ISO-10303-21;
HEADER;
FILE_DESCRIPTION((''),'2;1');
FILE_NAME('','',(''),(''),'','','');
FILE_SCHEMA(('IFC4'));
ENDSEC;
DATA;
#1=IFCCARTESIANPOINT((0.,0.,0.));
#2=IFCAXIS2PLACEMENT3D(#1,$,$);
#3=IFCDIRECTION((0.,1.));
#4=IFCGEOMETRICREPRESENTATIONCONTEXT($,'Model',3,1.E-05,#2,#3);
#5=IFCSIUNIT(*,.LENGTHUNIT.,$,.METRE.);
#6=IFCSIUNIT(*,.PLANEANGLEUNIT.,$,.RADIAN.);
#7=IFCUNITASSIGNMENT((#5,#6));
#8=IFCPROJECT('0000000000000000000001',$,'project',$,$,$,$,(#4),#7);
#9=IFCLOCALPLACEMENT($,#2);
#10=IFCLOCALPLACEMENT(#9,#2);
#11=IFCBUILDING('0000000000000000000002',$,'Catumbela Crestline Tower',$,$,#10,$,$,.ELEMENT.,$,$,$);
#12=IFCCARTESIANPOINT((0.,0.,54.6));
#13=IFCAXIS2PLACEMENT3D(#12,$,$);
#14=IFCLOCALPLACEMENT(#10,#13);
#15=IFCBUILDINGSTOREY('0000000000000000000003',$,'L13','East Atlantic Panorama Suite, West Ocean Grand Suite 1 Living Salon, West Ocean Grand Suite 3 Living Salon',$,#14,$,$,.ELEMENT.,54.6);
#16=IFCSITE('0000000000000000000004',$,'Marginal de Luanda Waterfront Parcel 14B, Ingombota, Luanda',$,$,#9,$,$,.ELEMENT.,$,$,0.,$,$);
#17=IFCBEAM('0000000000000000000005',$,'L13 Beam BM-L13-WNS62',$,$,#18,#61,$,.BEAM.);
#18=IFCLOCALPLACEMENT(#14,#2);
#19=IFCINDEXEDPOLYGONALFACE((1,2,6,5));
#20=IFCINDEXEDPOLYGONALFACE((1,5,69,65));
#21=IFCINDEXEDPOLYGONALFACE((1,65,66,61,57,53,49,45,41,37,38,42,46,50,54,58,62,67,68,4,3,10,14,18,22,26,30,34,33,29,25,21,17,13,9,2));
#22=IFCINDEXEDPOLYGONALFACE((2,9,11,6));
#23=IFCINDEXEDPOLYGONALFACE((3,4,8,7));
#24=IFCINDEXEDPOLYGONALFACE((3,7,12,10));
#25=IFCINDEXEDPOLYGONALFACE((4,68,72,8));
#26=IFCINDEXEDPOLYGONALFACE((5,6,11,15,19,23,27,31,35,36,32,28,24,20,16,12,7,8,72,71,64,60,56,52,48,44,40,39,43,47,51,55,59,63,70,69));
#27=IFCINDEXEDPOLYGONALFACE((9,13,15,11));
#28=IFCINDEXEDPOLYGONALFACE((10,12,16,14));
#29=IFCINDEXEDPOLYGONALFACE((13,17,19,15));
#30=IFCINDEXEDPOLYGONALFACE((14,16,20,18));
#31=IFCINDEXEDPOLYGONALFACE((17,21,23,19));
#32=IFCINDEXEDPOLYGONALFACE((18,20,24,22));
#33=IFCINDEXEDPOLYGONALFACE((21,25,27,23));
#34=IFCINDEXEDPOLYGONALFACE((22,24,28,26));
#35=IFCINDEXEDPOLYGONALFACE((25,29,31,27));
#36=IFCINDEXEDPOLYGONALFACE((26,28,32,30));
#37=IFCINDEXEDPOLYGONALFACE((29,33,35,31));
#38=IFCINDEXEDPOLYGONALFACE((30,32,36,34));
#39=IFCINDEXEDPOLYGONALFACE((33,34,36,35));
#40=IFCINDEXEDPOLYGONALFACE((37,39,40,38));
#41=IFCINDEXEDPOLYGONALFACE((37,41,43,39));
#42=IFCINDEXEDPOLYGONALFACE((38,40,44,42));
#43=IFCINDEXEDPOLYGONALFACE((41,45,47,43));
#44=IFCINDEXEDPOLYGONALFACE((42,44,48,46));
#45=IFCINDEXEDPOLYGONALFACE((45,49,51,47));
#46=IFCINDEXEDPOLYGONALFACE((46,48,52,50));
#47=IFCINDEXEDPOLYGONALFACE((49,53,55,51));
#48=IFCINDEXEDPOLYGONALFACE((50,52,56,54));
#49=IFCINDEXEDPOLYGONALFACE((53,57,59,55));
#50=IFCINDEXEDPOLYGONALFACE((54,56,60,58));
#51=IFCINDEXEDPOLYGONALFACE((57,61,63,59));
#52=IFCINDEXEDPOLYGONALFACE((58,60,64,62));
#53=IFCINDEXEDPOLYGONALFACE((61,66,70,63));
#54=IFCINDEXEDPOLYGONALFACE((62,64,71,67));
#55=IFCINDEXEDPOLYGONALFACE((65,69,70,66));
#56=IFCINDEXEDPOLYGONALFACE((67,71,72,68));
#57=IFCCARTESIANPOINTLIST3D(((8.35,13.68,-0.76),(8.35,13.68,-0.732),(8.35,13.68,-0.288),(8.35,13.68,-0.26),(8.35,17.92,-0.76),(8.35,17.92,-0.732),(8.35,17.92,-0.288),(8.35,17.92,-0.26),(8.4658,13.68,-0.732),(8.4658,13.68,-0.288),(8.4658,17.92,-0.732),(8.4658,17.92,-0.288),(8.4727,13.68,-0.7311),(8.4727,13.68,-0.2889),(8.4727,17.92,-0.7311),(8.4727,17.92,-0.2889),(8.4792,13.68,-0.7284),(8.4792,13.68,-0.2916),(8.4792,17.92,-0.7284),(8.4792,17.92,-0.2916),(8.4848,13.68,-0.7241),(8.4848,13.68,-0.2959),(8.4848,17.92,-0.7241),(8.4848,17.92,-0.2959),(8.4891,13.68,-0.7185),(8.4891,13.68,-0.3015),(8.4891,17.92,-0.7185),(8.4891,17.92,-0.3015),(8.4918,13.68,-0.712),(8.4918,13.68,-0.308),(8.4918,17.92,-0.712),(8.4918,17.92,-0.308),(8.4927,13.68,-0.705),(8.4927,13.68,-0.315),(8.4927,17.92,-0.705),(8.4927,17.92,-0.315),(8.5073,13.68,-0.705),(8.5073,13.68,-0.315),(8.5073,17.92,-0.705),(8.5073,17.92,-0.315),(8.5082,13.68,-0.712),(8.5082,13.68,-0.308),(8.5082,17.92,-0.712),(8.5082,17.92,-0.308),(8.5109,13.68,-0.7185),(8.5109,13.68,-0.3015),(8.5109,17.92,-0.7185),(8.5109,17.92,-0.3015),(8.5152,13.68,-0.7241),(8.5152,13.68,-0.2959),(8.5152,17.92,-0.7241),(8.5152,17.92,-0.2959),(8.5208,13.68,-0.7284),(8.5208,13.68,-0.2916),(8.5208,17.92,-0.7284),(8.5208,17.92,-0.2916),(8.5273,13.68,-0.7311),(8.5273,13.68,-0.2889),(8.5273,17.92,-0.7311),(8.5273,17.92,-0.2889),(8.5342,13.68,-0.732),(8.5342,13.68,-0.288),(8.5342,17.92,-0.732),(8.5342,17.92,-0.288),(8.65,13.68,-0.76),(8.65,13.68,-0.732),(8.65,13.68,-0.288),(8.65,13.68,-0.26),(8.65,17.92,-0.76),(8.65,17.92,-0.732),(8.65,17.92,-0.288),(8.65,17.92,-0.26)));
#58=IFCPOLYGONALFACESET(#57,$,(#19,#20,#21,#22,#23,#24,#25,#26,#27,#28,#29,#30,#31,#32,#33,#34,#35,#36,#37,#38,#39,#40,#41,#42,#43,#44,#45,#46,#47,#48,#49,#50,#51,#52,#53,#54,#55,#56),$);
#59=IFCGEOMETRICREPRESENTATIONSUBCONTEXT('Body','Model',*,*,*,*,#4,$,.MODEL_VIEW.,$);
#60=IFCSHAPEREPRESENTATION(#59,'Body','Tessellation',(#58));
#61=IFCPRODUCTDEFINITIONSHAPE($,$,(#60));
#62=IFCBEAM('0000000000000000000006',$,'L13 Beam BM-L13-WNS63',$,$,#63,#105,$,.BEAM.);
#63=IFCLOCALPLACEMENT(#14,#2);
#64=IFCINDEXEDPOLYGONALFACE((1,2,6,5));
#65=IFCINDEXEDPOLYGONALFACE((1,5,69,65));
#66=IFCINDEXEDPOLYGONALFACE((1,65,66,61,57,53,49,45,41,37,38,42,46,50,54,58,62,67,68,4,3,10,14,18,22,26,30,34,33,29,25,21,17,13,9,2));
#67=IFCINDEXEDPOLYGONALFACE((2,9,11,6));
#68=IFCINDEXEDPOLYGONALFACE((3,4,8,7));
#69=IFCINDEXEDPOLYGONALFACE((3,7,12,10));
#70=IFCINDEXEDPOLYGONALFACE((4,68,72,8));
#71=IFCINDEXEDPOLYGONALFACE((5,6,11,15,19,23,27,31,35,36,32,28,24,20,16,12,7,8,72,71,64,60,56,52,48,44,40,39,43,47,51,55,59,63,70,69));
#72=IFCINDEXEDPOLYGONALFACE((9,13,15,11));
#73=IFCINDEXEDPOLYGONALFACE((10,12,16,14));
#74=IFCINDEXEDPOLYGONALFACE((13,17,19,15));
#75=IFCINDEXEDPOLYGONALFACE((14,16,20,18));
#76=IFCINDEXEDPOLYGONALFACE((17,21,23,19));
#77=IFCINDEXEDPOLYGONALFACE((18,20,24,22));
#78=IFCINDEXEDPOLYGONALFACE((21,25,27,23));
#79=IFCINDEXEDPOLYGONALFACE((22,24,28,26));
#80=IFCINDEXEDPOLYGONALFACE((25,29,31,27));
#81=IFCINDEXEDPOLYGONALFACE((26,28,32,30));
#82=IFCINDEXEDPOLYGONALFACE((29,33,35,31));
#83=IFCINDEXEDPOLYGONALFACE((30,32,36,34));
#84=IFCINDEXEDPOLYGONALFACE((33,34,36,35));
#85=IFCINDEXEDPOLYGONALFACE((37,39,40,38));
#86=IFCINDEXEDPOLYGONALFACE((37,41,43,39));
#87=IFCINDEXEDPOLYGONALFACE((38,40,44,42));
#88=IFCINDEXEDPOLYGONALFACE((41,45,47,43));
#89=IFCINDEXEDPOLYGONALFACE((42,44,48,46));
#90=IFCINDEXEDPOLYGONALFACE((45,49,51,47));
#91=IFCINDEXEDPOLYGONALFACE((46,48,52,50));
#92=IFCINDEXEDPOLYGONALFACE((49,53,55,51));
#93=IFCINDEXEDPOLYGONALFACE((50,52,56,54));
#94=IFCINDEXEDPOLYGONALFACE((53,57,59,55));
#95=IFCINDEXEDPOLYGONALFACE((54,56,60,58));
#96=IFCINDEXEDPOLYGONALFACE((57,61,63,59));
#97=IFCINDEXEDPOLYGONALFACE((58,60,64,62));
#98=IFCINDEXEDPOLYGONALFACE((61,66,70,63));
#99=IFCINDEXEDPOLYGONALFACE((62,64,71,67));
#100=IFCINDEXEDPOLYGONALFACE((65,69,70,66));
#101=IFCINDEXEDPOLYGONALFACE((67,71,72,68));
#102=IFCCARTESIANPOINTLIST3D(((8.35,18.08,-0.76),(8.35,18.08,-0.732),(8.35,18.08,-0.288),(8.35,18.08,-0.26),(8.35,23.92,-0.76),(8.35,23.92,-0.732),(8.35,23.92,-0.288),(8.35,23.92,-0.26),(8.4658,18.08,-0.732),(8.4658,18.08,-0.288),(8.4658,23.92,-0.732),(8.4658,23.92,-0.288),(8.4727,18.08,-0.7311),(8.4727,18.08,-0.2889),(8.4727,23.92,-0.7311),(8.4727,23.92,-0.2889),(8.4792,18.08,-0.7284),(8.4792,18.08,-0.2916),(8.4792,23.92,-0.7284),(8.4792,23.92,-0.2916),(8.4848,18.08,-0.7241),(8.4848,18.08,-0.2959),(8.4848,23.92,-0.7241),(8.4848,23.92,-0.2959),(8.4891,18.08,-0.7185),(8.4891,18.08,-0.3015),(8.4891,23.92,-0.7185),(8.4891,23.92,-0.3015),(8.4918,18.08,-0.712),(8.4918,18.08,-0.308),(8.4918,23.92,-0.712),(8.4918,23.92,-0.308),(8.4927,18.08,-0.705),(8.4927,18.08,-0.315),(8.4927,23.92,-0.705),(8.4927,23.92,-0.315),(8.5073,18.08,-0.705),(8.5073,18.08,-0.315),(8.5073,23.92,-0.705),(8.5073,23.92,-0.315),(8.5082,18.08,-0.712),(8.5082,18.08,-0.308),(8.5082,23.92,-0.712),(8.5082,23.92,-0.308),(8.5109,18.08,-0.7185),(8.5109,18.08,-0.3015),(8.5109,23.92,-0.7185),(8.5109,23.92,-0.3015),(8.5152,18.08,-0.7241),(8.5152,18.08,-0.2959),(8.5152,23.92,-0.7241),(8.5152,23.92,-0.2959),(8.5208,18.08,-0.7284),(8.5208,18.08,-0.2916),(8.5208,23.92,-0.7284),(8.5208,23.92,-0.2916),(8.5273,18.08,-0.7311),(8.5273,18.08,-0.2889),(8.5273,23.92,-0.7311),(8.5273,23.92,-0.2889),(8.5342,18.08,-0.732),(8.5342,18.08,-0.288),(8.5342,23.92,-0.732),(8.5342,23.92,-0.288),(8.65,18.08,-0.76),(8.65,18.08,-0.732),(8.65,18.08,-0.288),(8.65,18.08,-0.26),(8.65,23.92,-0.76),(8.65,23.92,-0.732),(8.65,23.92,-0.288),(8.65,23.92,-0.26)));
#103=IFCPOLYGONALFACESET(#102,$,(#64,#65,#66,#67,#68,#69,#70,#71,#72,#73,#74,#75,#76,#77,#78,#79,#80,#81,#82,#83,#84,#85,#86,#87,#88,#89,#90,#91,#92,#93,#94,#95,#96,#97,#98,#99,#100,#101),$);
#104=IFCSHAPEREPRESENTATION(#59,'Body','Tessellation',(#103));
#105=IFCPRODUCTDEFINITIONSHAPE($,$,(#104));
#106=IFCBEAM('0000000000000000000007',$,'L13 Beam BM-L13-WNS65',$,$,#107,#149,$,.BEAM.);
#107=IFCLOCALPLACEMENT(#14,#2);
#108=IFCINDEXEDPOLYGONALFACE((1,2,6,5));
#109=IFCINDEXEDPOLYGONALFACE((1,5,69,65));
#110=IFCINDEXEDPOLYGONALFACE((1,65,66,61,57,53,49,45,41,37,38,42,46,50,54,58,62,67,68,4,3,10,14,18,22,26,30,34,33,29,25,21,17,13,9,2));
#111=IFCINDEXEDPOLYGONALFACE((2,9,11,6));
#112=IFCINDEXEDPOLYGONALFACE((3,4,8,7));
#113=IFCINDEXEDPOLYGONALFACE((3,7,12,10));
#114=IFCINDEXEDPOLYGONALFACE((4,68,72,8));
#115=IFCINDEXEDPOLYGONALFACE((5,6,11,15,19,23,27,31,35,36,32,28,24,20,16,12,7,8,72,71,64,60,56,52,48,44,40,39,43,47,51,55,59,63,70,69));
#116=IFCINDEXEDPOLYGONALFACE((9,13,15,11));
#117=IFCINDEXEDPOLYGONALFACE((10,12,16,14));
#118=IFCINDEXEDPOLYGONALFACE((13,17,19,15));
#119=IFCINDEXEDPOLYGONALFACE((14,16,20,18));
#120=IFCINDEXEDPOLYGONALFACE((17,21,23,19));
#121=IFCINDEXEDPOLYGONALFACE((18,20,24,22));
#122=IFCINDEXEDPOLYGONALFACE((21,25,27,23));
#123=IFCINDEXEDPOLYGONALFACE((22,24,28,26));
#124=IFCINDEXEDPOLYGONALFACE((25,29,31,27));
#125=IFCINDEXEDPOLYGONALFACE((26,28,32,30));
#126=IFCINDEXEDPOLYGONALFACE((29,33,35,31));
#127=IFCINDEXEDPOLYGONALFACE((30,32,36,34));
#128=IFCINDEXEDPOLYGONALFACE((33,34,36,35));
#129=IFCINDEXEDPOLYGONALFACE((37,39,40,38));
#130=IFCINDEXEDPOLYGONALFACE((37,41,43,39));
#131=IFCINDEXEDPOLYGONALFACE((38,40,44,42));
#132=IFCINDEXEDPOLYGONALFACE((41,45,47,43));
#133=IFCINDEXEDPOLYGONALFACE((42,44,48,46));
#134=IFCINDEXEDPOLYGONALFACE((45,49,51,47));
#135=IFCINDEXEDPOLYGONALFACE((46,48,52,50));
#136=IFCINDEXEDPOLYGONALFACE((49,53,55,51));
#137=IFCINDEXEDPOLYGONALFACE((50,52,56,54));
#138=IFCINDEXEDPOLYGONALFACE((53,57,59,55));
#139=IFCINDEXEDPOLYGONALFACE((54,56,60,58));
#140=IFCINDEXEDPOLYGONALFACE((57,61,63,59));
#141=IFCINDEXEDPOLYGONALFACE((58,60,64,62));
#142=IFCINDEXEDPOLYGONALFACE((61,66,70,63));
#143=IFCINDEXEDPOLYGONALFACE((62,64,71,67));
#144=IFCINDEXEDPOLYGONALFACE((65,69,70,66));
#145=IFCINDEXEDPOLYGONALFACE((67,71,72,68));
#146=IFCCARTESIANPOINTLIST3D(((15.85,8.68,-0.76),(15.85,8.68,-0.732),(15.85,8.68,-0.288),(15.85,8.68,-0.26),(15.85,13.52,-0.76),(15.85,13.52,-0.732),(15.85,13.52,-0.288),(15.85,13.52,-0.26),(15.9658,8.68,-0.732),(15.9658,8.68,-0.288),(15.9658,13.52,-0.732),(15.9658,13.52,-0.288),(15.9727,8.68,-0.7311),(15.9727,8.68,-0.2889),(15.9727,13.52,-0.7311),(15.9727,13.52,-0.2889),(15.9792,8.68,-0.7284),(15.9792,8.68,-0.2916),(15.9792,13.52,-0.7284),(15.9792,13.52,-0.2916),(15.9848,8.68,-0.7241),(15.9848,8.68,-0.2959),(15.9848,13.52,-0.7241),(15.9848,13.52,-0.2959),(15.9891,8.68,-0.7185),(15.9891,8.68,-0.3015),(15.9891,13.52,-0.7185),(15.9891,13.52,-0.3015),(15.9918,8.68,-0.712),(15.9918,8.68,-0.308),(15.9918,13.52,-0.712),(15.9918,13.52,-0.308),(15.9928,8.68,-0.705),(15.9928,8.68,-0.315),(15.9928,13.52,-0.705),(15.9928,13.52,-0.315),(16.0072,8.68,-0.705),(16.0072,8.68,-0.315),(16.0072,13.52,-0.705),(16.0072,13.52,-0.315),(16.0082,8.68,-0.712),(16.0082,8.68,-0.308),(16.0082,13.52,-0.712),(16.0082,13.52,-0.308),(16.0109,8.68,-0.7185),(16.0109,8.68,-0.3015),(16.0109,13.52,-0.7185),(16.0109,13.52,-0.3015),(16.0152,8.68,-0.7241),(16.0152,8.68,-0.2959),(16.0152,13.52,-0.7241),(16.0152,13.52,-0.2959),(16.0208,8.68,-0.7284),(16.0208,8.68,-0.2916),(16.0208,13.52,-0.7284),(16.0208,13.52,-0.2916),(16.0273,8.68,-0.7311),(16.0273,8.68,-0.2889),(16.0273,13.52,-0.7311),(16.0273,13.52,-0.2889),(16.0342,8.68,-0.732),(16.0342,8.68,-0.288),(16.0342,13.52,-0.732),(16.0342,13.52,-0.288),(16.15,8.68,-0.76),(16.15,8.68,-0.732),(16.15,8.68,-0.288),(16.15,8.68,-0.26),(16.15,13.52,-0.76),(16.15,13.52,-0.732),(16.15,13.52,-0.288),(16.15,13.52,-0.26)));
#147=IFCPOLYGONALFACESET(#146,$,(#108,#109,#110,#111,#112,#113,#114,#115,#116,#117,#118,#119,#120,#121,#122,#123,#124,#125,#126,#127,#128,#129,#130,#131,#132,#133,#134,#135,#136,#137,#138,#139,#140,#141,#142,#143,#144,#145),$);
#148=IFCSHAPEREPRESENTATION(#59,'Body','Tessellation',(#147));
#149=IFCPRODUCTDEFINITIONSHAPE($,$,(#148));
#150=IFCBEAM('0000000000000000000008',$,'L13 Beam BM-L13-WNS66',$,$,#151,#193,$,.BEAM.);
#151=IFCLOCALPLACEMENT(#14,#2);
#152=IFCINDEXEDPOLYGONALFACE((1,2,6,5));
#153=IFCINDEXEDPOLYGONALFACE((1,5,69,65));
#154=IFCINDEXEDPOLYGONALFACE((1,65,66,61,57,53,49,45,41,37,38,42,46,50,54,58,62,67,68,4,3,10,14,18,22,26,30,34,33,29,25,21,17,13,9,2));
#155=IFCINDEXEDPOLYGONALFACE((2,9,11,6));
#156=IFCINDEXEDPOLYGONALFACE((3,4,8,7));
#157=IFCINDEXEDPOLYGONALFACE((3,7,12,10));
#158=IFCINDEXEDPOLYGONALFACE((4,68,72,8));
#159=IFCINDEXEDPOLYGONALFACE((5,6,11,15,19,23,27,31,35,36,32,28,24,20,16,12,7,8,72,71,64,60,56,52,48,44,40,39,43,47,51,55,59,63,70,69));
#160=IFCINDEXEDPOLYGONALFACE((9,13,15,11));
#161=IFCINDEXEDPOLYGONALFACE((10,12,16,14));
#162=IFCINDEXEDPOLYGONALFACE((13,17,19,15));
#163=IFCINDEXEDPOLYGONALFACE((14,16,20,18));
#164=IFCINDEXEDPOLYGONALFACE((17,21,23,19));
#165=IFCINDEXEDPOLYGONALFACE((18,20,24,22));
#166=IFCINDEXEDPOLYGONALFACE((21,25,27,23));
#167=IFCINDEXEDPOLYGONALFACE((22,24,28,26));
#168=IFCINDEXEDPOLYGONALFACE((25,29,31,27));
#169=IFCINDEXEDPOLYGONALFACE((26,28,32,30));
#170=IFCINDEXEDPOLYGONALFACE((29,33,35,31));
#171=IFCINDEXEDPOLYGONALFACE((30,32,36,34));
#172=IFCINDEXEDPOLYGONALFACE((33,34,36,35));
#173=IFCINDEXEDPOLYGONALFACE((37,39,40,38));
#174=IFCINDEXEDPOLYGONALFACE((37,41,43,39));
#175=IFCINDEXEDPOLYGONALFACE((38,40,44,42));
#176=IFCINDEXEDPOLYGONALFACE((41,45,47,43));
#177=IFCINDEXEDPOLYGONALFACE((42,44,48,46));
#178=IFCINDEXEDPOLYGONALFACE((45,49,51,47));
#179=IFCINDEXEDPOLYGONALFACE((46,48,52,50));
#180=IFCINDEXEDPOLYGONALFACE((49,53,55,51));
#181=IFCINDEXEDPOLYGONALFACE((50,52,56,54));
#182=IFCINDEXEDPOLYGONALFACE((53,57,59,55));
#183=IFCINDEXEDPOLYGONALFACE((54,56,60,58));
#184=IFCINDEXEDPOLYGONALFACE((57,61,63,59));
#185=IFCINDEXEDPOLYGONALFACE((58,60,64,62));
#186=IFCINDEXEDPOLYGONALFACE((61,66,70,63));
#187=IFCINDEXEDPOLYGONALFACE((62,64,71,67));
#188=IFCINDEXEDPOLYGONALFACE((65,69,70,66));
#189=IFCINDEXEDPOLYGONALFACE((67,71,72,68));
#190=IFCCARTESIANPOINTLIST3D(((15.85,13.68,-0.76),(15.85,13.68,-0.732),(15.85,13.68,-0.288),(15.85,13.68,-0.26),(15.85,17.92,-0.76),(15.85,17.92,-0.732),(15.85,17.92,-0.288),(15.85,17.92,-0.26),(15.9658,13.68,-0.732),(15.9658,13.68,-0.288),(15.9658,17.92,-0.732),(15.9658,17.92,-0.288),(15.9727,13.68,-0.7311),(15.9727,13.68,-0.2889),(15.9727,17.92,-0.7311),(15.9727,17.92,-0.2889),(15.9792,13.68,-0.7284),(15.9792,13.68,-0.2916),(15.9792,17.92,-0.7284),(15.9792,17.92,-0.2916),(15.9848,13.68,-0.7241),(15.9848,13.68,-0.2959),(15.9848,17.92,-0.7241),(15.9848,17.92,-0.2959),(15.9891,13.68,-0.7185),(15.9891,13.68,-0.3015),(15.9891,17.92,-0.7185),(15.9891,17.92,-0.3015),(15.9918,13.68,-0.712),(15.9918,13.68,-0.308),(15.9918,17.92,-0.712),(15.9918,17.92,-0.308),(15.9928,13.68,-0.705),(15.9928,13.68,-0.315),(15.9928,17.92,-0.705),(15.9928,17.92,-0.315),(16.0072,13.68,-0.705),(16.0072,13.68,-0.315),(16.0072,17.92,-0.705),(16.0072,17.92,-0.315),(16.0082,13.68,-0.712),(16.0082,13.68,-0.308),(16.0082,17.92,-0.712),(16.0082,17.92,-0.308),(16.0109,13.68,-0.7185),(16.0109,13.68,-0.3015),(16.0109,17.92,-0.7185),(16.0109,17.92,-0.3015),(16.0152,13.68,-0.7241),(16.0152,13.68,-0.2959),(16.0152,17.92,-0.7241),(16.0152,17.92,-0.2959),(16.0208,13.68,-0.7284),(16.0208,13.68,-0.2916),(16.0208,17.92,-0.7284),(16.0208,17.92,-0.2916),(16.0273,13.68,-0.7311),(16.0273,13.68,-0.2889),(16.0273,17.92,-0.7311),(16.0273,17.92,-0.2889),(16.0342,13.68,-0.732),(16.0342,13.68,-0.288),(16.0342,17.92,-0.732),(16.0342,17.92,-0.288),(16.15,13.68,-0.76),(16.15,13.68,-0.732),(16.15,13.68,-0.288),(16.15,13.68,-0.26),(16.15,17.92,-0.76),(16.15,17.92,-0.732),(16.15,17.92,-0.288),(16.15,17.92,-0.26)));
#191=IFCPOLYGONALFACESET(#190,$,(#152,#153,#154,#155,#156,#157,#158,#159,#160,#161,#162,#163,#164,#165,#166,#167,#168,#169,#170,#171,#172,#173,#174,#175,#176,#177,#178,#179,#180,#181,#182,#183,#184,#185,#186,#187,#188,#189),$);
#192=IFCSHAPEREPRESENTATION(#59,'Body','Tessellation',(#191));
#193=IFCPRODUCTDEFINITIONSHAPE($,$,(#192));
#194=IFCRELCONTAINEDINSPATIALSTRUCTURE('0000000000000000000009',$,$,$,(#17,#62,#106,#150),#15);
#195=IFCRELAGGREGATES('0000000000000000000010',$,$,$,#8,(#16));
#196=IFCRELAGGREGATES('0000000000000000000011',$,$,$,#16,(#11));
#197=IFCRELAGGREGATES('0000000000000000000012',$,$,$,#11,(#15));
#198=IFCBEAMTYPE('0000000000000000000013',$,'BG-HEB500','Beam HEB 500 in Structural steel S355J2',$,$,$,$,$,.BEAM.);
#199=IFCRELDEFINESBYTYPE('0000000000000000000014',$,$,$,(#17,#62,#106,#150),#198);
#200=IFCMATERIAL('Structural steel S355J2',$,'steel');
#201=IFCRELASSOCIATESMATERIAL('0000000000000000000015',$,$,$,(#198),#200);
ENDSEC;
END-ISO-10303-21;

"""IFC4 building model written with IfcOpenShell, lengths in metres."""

from ifc_helpers import new_model, si_unit, direction, frame, origin, origin_2d, place, context, subcontext, project, spatial, i_section, extrude, material, material_profile, profile_set, type_object, element, save


model = new_model("IFC4")

# Units and contexts
model_context = context("Model", 3, precision=1e-05, world=origin(), true_north=direction((0.0, 1.0)))
body_context = subcontext(model_context, "Body", "Model", "MODEL_VIEW")
ifc_project = project(units=[si_unit("LENGTHUNIT", "METRE"), si_unit("PLANEANGLEUNIT", "RADIAN")], contexts=[model_context])

# Site, building, storey
site_placement = place(None, origin())
site = spatial("IfcSite", under=ifc_project, at=site_placement, Name="Marginal de Luanda Waterfront Parcel 14B, Ingombota, Luanda", CompositionType="ELEMENT", RefElevation=0.0)
building_placement = place(site_placement, origin())
building = spatial("IfcBuilding", under=site, at=building_placement, Name="Catumbela Crestline Tower", CompositionType="ELEMENT")
storey_placement = place(building_placement, frame((0.0, 0.0, 54.6)))
storey = spatial("IfcBuildingStorey", under=building, at=storey_placement, Name="L13", Description="East Atlantic Panorama Suite, West Ocean Grand Suite 1 Living Salon, West Ocean Grand Suite 3 Living Salon", CompositionType="ELEMENT", Elevation=54.6)

# Beams
ifc_material_1 = material(Name="Structural steel S355J2", Category="steel")
ifc_material_profile_1 = material_profile(ifc_material_1, i_section(OverallWidth=0.3, OverallDepth=0.5, WebThickness=0.0145, FlangeThickness=0.028, FilletRadius=0.027, at=origin_2d()), Name="HEB 500")
ifc_profile_set_1 = profile_set([ifc_material_profile_1], Name="Structural steel S355J2")
beam_type_1 = type_object("IfcBeamType", Name="BG-HEB500", Description="Beam HEB 500 in Structural steel S355J2", PredefinedType="BEAM", material=ifc_profile_set_1)
beam_1_placement = place(storey_placement, frame((8.5, 13.68, -0.51), z_axis=(0.0, 1.0, 0.0), x_axis=(-1.0, 0.0, 0.0)))
element("IfcBeam", 1, at=beam_1_placement, inside=storey, type_object=beam_type_1, Name="L13 Beam BM-L13-WNS62", PredefinedType="BEAM", context=body_context, shape_type="SweptSolid", body=[
    extrude(i_section(OverallWidth=0.3, OverallDepth=0.5, WebThickness=0.0145, FlangeThickness=0.028, FilletRadius=0.027, at=origin_2d()), origin(), (0.0, 0.0, 1.0), 4.24),
])
beam_2_placement = place(storey_placement, frame((8.5, 18.08, -0.51), z_axis=(0.0, 1.0, 0.0), x_axis=(-1.0, 0.0, 0.0)))
element("IfcBeam", 2, at=beam_2_placement, inside=storey, type_object=beam_type_1, Name="L13 Beam BM-L13-WNS63", PredefinedType="BEAM", context=body_context, shape_type="SweptSolid", body=[
    extrude(i_section(OverallWidth=0.3, OverallDepth=0.5, WebThickness=0.0145, FlangeThickness=0.028, FilletRadius=0.027, at=origin_2d()), origin(), (0.0, 0.0, 1.0), 5.84),
])
beam_3_placement = place(storey_placement, frame((16.0, 8.68, -0.51), z_axis=(0.0, 1.0, 0.0), x_axis=(-1.0, 0.0, 0.0)))
element("IfcBeam", 3, at=beam_3_placement, inside=storey, type_object=beam_type_1, Name="L13 Beam BM-L13-WNS65", PredefinedType="BEAM", context=body_context, shape_type="SweptSolid", body=[
    extrude(i_section(OverallWidth=0.3, OverallDepth=0.5, WebThickness=0.0145, FlangeThickness=0.028, FilletRadius=0.027, at=origin_2d()), origin(), (0.0, 0.0, 1.0), 4.84),
])
beam_4_placement = place(storey_placement, frame((16.0, 13.68, -0.51), z_axis=(0.0, 1.0, 0.0), x_axis=(-1.0, 0.0, 0.0)))
element("IfcBeam", 4, at=beam_4_placement, inside=storey, type_object=beam_type_1, Name="L13 Beam BM-L13-WNS66", PredefinedType="BEAM", context=body_context, shape_type="SweptSolid", body=[
    extrude(i_section(OverallWidth=0.3, OverallDepth=0.5, WebThickness=0.0145, FlangeThickness=0.028, FilletRadius=0.027, at=origin_2d()), origin(), (0.0, 0.0, 1.0), 4.24),
])

save(model, "model.ifc")
